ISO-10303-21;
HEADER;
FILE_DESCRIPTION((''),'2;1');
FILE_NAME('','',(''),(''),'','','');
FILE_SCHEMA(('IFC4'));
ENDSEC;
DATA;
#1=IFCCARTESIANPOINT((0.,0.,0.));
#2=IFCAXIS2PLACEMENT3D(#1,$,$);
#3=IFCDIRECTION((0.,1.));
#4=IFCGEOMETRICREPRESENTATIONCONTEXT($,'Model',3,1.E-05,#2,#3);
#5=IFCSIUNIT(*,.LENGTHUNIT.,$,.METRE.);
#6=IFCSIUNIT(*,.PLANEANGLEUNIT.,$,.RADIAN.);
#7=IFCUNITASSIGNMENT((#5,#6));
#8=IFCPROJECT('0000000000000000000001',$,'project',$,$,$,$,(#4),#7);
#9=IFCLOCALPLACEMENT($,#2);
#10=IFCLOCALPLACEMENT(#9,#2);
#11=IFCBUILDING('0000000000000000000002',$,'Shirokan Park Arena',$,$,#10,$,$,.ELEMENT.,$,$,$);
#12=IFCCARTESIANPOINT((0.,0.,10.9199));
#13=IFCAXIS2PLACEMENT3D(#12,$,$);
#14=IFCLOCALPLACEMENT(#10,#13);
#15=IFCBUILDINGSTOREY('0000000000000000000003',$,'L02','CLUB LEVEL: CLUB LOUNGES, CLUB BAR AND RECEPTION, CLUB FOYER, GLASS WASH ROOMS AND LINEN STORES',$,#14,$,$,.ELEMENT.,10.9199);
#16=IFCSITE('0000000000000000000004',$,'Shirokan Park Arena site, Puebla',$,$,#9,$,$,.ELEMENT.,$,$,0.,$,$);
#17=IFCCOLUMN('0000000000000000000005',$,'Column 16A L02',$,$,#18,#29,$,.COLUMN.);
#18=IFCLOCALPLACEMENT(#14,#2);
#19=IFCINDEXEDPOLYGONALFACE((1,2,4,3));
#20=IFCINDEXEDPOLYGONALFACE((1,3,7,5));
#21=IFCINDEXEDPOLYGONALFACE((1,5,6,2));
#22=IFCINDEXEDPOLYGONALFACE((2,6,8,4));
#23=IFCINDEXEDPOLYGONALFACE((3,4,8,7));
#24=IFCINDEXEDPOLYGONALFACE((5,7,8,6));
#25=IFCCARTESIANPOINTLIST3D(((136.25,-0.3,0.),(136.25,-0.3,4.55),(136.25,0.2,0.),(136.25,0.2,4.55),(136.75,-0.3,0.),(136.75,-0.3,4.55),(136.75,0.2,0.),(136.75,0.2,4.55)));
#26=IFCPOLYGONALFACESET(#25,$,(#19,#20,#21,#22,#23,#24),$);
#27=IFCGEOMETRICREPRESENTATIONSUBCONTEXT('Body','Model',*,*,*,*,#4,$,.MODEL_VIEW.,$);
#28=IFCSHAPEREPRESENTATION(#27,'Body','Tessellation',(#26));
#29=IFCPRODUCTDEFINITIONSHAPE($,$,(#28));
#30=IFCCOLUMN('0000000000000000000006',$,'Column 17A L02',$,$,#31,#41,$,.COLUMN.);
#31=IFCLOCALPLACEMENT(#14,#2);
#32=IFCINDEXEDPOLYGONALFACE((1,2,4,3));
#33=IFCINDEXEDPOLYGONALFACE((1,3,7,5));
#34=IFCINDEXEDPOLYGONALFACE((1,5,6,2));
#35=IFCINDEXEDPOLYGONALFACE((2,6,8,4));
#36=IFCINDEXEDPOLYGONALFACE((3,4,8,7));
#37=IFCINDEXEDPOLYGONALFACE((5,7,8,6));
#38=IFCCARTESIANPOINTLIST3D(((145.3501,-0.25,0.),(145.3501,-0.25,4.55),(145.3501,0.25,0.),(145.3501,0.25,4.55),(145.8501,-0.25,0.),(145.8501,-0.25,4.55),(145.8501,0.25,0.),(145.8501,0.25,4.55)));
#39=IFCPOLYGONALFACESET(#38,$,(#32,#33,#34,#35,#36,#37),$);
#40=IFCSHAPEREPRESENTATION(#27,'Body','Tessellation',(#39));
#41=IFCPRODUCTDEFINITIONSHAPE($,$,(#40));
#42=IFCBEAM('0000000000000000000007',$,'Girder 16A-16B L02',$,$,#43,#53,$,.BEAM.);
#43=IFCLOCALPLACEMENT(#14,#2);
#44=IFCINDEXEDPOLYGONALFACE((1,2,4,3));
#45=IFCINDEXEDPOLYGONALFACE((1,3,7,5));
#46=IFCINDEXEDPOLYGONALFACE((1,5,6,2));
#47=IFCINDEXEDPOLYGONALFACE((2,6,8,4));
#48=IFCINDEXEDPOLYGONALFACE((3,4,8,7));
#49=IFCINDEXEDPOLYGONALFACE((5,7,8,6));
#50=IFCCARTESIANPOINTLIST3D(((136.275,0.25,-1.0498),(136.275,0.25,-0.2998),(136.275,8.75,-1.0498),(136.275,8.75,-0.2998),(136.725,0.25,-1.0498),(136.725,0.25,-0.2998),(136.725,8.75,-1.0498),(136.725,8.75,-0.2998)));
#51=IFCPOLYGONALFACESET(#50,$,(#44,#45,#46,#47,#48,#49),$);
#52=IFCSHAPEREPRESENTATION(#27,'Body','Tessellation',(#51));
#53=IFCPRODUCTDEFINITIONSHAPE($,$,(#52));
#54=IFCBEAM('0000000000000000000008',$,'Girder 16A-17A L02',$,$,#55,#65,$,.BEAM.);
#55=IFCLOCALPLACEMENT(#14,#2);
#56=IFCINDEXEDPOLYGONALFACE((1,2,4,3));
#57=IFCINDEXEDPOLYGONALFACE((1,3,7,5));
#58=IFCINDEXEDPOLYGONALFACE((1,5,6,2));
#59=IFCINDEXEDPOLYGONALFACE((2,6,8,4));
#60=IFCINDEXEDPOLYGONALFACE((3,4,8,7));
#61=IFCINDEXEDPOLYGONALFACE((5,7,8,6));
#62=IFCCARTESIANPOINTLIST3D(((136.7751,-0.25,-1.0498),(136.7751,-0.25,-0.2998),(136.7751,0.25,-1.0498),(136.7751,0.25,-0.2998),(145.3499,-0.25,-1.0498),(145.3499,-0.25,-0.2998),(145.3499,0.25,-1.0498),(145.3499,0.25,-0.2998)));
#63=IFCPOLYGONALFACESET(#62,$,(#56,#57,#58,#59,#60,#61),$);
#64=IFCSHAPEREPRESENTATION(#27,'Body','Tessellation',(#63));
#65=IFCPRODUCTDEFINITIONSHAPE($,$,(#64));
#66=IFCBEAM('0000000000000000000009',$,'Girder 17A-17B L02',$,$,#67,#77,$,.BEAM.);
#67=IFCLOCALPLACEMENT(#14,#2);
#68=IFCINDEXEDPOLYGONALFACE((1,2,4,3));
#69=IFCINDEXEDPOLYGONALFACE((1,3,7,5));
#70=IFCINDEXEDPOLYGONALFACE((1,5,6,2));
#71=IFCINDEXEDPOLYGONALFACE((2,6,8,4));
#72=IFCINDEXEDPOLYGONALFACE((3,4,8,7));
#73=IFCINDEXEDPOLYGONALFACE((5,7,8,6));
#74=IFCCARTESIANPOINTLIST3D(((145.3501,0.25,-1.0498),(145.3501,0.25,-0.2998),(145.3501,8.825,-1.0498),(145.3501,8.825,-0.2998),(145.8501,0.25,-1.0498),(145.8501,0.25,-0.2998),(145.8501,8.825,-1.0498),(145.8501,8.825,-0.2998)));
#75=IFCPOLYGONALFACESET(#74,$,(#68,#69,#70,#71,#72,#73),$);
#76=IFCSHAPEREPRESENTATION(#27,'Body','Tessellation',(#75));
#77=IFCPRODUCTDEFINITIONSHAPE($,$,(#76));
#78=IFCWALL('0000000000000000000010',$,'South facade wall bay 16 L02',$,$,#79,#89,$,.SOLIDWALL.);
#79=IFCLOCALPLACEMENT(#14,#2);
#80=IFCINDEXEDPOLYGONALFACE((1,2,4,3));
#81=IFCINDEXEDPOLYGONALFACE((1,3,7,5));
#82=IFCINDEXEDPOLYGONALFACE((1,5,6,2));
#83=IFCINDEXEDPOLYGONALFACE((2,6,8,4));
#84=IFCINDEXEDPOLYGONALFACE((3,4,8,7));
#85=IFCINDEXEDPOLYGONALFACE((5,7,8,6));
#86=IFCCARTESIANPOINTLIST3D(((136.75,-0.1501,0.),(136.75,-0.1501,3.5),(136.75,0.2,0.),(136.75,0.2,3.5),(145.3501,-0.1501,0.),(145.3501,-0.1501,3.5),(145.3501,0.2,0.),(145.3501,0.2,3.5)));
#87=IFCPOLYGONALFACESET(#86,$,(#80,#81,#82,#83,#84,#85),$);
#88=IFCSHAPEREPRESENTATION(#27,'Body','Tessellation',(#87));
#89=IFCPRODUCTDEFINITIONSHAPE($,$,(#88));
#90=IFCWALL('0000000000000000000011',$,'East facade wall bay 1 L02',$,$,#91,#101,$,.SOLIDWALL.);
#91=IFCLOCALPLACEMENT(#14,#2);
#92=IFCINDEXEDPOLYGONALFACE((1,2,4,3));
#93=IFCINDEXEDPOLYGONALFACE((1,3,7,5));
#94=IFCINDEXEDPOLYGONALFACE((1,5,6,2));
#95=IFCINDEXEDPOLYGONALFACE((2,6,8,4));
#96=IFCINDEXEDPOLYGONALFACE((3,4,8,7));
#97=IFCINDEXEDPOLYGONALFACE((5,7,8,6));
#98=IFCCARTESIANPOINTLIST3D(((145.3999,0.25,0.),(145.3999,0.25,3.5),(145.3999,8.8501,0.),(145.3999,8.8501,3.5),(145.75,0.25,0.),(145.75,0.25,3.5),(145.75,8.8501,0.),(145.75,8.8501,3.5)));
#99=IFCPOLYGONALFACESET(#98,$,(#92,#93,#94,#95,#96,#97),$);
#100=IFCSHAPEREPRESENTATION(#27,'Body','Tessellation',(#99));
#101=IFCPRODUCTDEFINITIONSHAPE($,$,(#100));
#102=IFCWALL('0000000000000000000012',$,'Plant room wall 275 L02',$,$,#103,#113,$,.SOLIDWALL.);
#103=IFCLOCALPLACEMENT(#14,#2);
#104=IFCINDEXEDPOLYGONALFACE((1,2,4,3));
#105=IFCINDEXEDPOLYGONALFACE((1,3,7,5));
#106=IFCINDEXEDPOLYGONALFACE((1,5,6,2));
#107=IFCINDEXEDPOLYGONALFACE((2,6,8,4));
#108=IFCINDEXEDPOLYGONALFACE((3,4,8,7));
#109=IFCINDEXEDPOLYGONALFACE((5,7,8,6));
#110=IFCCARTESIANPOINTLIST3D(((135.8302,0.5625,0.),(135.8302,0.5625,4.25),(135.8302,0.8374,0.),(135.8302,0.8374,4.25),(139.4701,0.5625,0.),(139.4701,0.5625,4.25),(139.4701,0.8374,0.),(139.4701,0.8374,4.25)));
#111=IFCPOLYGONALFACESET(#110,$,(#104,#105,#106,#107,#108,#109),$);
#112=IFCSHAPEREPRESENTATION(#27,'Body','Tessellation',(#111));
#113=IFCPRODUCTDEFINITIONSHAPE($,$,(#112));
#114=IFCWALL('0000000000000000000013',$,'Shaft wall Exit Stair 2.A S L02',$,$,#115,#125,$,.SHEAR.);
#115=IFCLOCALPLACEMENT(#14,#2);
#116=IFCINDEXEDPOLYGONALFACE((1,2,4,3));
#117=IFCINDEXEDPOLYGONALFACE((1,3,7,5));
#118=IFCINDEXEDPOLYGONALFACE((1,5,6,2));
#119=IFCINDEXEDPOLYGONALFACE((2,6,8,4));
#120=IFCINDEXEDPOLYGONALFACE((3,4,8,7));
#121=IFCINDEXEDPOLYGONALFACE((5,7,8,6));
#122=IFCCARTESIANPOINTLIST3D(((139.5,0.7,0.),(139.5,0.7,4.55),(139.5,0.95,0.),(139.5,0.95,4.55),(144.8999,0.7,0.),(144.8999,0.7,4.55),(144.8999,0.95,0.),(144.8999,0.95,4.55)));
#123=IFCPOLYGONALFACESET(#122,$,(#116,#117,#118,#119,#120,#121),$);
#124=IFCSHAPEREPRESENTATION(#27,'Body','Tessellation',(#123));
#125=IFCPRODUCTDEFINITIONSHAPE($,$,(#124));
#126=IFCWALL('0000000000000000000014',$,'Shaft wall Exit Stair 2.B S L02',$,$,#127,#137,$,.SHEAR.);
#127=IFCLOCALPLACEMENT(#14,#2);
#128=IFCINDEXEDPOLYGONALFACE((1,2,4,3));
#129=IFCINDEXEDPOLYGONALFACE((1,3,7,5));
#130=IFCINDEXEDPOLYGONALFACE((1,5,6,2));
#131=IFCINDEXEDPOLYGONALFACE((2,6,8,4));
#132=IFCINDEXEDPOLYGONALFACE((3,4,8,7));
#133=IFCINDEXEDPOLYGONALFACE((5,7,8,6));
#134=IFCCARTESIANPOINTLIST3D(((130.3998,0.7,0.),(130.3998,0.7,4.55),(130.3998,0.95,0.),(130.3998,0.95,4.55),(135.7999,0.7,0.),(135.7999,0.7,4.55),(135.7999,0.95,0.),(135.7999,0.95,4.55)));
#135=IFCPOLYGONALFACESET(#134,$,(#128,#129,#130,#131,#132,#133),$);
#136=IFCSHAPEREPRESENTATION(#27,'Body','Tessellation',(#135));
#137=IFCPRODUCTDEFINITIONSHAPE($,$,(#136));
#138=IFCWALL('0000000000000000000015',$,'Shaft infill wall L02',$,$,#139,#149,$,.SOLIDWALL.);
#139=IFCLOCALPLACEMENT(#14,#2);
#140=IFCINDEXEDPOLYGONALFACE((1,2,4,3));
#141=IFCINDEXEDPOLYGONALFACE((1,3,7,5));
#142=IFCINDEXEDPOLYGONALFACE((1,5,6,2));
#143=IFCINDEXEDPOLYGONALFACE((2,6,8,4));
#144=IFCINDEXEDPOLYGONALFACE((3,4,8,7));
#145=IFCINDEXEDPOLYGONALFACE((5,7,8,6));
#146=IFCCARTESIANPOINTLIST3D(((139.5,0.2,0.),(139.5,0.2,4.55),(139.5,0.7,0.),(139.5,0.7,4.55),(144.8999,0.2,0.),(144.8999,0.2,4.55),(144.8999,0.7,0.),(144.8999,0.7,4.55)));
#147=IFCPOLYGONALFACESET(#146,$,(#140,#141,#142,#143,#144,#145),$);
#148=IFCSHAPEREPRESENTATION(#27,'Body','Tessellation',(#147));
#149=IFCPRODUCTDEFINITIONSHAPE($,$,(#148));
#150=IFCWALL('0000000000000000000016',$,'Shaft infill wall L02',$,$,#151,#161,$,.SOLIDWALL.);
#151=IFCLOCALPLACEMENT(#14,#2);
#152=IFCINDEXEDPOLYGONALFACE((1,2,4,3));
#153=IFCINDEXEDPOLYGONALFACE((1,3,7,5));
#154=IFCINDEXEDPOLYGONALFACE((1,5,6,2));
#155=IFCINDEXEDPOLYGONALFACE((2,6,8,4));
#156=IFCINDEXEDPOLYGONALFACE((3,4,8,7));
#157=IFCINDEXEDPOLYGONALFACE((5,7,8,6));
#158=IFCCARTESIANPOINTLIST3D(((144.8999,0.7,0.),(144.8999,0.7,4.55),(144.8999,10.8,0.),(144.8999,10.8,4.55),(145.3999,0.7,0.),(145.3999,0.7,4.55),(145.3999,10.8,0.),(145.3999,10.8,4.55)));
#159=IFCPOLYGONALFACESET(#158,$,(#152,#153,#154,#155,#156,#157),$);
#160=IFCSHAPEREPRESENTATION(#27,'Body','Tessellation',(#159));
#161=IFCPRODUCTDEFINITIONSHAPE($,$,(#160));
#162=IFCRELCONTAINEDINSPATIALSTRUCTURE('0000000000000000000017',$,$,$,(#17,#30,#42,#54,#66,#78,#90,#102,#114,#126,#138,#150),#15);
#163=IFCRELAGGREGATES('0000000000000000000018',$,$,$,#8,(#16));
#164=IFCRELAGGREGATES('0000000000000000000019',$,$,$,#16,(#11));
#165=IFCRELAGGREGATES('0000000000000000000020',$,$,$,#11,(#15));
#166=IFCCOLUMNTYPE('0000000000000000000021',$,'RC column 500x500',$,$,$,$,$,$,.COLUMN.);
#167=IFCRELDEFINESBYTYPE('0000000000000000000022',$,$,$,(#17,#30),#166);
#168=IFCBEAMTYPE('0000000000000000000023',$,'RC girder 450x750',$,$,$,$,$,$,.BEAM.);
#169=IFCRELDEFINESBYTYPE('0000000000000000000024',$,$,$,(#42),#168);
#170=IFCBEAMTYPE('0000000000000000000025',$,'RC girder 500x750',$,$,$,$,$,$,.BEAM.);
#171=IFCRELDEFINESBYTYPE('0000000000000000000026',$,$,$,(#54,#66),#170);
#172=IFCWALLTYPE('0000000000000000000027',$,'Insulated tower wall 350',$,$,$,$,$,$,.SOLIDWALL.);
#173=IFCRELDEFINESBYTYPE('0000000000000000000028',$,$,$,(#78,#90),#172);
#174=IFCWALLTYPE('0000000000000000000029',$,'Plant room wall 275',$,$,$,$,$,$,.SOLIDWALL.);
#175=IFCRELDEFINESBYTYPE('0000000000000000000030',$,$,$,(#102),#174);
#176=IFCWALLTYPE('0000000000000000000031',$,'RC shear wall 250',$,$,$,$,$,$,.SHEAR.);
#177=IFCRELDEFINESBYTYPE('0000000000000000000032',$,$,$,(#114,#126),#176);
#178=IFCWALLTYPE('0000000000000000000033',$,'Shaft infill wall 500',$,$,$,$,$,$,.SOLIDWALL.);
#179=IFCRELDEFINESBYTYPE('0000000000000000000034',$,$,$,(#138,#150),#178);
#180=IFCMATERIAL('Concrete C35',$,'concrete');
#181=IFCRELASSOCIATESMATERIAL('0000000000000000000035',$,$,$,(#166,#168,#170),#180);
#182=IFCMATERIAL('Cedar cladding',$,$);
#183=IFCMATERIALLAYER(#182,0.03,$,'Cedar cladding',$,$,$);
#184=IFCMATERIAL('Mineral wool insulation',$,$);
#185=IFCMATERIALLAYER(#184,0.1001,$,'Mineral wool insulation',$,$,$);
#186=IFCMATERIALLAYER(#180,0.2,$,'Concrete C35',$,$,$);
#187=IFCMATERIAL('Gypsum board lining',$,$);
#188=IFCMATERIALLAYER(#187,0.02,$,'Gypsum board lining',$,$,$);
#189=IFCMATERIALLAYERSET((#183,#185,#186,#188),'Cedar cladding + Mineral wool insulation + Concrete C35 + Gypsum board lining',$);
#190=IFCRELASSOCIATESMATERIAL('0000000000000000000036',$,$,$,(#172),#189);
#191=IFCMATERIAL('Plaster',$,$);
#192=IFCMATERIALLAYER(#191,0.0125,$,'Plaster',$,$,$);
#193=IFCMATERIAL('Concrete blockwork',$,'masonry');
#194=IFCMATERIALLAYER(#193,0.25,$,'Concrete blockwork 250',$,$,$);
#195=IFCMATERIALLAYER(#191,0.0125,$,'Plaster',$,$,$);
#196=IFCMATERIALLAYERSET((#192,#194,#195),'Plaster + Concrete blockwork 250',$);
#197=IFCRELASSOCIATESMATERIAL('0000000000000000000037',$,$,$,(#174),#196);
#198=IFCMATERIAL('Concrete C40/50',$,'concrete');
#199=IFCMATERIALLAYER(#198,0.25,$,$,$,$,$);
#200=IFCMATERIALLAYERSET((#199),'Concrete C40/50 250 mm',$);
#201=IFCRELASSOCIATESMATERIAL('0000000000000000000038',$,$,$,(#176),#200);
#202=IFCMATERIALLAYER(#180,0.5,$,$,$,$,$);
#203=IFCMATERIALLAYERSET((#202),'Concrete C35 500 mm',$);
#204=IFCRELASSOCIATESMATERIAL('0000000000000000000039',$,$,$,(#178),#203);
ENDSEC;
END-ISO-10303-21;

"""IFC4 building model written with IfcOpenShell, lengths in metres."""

from ifc_helpers import new_model, si_unit, direction, frame, frame_2d, origin, origin_2d, place, context, subcontext, project, spatial, rectangle, extrude, material, layer, layer_set, material_profile, profile_set, type_object, element, save


model = new_model("IFC4")

# Units and contexts
model_context = context("Model", 3, precision=1e-05, world=origin(), true_north=direction((0.0, 1.0)))
body_context = subcontext(model_context, "Body", "Model", "MODEL_VIEW")
ifc_project = project(units=[si_unit("LENGTHUNIT", "METRE"), si_unit("PLANEANGLEUNIT", "RADIAN")], contexts=[model_context])

# Site, building, storey
site_placement = place(None, origin())
site = spatial("IfcSite", under=ifc_project, at=site_placement, Name="Shirokan Park Arena site, Puebla", CompositionType="ELEMENT", RefElevation=0.0)
building_placement = place(site_placement, origin())
building = spatial("IfcBuilding", under=site, at=building_placement, Name="Shirokan Park Arena", CompositionType="ELEMENT")
storey_placement = place(building_placement, frame((0.0, 0.0, 10.9199)))
storey = spatial("IfcBuildingStorey", under=building, at=storey_placement, Name="L02", Description="CLUB LEVEL: CLUB LOUNGES, CLUB BAR AND RECEPTION, CLUB FOYER, GLASS WASH ROOMS AND LINEN STORES", CompositionType="ELEMENT", Elevation=10.9199)

# Columns
ifc_material_1 = material(Name="Concrete C35", Category="concrete")
ifc_material_profile_1 = material_profile(ifc_material_1, rectangle(XDim=0.5, YDim=0.5, at=origin_2d()), Name="500x500")
ifc_profile_set_1 = profile_set([ifc_material_profile_1], Name="Concrete C35")
column_type = type_object("IfcColumnType", Name="RC column 500x500", PredefinedType="COLUMN", material=ifc_profile_set_1)
for number, where, z_axis, x_axis, name in (
    (1, (136.5, -0.05, 0.0), (0.0, 0.0, 1.0), (1.0, 0.0, 0.0), "Column 16A L02"),
    (2, (145.6001, 0.0, 0.0), (0.0, 0.0, 1.0), (1.0, 0.0, 0.0), "Column 17A L02"),
):
    element("IfcColumn", number, at=place(storey_placement, frame(where, z_axis=z_axis, x_axis=x_axis)), inside=storey, type_object=column_type, Name=name, PredefinedType="COLUMN", context=body_context, shape_type="SweptSolid", body=[
        extrude(rectangle(XDim=0.5, YDim=0.5, at=origin_2d()), origin(), (0.0, 0.0, 1.0), 4.55),
    ])

# Beams
ifc_material_profile_2 = material_profile(ifc_material_1, rectangle(XDim=0.45, YDim=0.75, at=origin_2d()), Name="450x750")
ifc_profile_set_2 = profile_set([ifc_material_profile_2], Name="Concrete C35")
beam_type_1 = type_object("IfcBeamType", Name="RC girder 450x750", PredefinedType="BEAM", material=ifc_profile_set_2)
beam_1_placement = place(storey_placement, frame((136.5, 0.25, -0.6748), z_axis=(0.0, 1.0, 0.0), x_axis=(-1.0, 0.0, 0.0)))
element("IfcBeam", 3, at=beam_1_placement, inside=storey, type_object=beam_type_1, Name="Girder 16A-16B L02", PredefinedType="BEAM", context=body_context, shape_type="SweptSolid", body=[
    extrude(rectangle(XDim=0.45, YDim=0.75, at=origin_2d()), origin(), (0.0, 0.0, 1.0), 8.5),
])
ifc_material_profile_3 = material_profile(ifc_material_1, rectangle(XDim=0.5, YDim=0.75, at=origin_2d()), Name="500x750")
ifc_profile_set_3 = profile_set([ifc_material_profile_3], Name="Concrete C35")
beam_type_2 = type_object("IfcBeamType", Name="RC girder 500x750", PredefinedType="BEAM", material=ifc_profile_set_3)
beam_2_placement = place(storey_placement, frame((136.7751, 0.0, -0.6748), z_axis=(1.0, 0.0, 0.0), x_axis=(0.0, 1.0, 0.0)))
element("IfcBeam", 4, at=beam_2_placement, inside=storey, type_object=beam_type_2, Name="Girder 16A-17A L02", PredefinedType="BEAM", context=body_context, shape_type="SweptSolid", body=[
    extrude(rectangle(XDim=0.5, YDim=0.75, at=origin_2d()), origin(), (0.0, 0.0, 1.0), 8.5747),
])
beam_3_placement = place(storey_placement, frame((145.6001, 0.25, -0.6748), z_axis=(0.0, 1.0, 0.0), x_axis=(-1.0, 0.0, 0.0)))
element("IfcBeam", 5, at=beam_3_placement, inside=storey, type_object=beam_type_2, Name="Girder 17A-17B L02", PredefinedType="BEAM", context=body_context, shape_type="SweptSolid", body=[
    extrude(rectangle(XDim=0.5, YDim=0.75, at=origin_2d()), origin(), (0.0, 0.0, 1.0), 8.575),
])

# Walls
ifc_material_2 = material(Name="Cedar cladding")
ifc_layer_1 = layer(ifc_material_2, 0.03, Name="Cedar cladding")
ifc_material_3 = material(Name="Mineral wool insulation")
ifc_layer_2 = layer(ifc_material_3, 0.1001, Name="Mineral wool insulation")
ifc_layer_3 = layer(ifc_material_1, 0.2, Name="Concrete C35")
ifc_material_4 = material(Name="Gypsum board lining")
ifc_layer_4 = layer(ifc_material_4, 0.02, Name="Gypsum board lining")
ifc_layer_set_1 = layer_set([ifc_layer_1, ifc_layer_2, ifc_layer_3, ifc_layer_4], Name="Cedar cladding + Mineral wool insulation + Concrete C35 + Gypsum board lining")
wall_type_1 = type_object("IfcWallType", Name="Insulated tower wall 350", PredefinedType="SOLIDWALL", material=ifc_layer_set_1)
for number, where, z_axis, x_axis, name in (
    (6, (136.75, 0.0249, 0.0), (0.0, 0.0, 1.0), (1.0, 0.0, 0.0), "South facade wall bay 16 L02"),
    (7, (145.575, 0.25, 0.0), (0.0, 0.0, 1.0), (0.0, 1.0, 0.0), "East facade wall bay 1 L02"),
):
    element("IfcWall", number, at=place(storey_placement, frame(where, z_axis=z_axis, x_axis=x_axis)), inside=storey, type_object=wall_type_1, Name=name, PredefinedType="SOLIDWALL", context=body_context, shape_type="SweptSolid", body=[
        extrude(rectangle(XDim=8.6001, YDim=0.3501, at=frame_2d((4.3, 0.0))), origin(), (0.0, 0.0, 1.0), 3.5),
    ])
ifc_material_5 = material(Name="Plaster")
ifc_layer_5 = layer(ifc_material_5, 0.0125, Name="Plaster")
ifc_material_6 = material(Name="Concrete blockwork", Category="masonry")
ifc_layer_6 = layer(ifc_material_6, 0.25, Name="Concrete blockwork 250")
ifc_layer_7 = layer(ifc_material_5, 0.0125, Name="Plaster")
ifc_layer_set_2 = layer_set([ifc_layer_5, ifc_layer_6, ifc_layer_7], Name="Plaster + Concrete blockwork 250")
wall_type_2 = type_object("IfcWallType", Name="Plant room wall 275", PredefinedType="SOLIDWALL", material=ifc_layer_set_2)
wall_1_placement = place(storey_placement, frame((139.47, 0.7, 0.0), z_axis=(0.0, 0.0, 1.0), x_axis=(-1.0, 0.0, 0.0)))
element("IfcWall", 8, at=wall_1_placement, inside=storey, type_object=wall_type_2, Name="Plant room wall 275 L02", PredefinedType="SOLIDWALL", context=body_context, shape_type="SweptSolid", body=[
    extrude(rectangle(XDim=3.6399, YDim=0.2749, at=frame_2d((1.8198, 0.0))), origin(), (0.0, 0.0, 1.0), 4.25),
])
ifc_material_7 = material(Name="Concrete C40/50", Category="concrete")
ifc_layer_8 = layer(ifc_material_7, 0.25)
ifc_layer_set_3 = layer_set([ifc_layer_8], Name="Concrete C40/50 250 mm")
wall_type_3 = type_object("IfcWallType", Name="RC shear wall 250", PredefinedType="SHEAR", material=ifc_layer_set_3)
wall_2_placement = place(storey_placement, frame((144.8999, 0.825, 0.0), z_axis=(0.0, 0.0, 1.0), x_axis=(-1.0, 0.0, 0.0)))
element("IfcWall", 9, at=wall_2_placement, inside=storey, type_object=wall_type_3, Name="Shaft wall Exit Stair 2.A S L02", PredefinedType="SHEAR", context=body_context, shape_type="SweptSolid", body=[
    extrude(rectangle(XDim=5.3999, YDim=0.25, at=frame_2d((2.7, 0.0))), origin(), (0.0, 0.0, 1.0), 4.55),
])
wall_3_placement = place(storey_placement, frame((135.8, 0.825, 0.0), z_axis=(0.0, 0.0, 1.0), x_axis=(-1.0, 0.0, 0.0)))
element("IfcWall", 10, at=wall_3_placement, inside=storey, type_object=wall_type_3, Name="Shaft wall Exit Stair 2.B S L02", PredefinedType="SHEAR", context=body_context, shape_type="SweptSolid", body=[
    extrude(rectangle(XDim=5.4001, YDim=0.25, at=frame_2d((2.7002, 0.0))), origin(), (0.0, 0.0, 1.0), 4.55),
])
ifc_layer_9 = layer(ifc_material_1, 0.5)
ifc_layer_set_4 = layer_set([ifc_layer_9], Name="Concrete C35 500 mm")
wall_type_4 = type_object("IfcWallType", Name="Shaft infill wall 500", PredefinedType="SOLIDWALL", material=ifc_layer_set_4)
wall_4_placement = place(storey_placement, frame((139.5, 0.45, 0.0), z_axis=(0.0, 0.0, 1.0), x_axis=(1.0, 0.0, 0.0)))
element("IfcWall", 11, at=wall_4_placement, inside=storey, type_object=wall_type_4, Name="Shaft infill wall L02", PredefinedType="SOLIDWALL", context=body_context, shape_type="SweptSolid", body=[
    extrude(rectangle(XDim=5.3999, YDim=0.5, at=frame_2d((2.7, 0.0))), origin(), (0.0, 0.0, 1.0), 4.55),
])
wall_5_placement = place(storey_placement, frame((145.1499, 0.7, 0.0), z_axis=(0.0, 0.0, 1.0), x_axis=(0.0, 1.0, 0.0)))
element("IfcWall", 12, at=wall_5_placement, inside=storey, type_object=wall_type_4, Name="Shaft infill wall L02", PredefinedType="SOLIDWALL", context=body_context, shape_type="SweptSolid", body=[
    extrude(rectangle(XDim=10.1001, YDim=0.5, at=frame_2d((5.05, 0.0))), origin(), (0.0, 0.0, 1.0), 4.55),
])

save(model, "model.ifc")
